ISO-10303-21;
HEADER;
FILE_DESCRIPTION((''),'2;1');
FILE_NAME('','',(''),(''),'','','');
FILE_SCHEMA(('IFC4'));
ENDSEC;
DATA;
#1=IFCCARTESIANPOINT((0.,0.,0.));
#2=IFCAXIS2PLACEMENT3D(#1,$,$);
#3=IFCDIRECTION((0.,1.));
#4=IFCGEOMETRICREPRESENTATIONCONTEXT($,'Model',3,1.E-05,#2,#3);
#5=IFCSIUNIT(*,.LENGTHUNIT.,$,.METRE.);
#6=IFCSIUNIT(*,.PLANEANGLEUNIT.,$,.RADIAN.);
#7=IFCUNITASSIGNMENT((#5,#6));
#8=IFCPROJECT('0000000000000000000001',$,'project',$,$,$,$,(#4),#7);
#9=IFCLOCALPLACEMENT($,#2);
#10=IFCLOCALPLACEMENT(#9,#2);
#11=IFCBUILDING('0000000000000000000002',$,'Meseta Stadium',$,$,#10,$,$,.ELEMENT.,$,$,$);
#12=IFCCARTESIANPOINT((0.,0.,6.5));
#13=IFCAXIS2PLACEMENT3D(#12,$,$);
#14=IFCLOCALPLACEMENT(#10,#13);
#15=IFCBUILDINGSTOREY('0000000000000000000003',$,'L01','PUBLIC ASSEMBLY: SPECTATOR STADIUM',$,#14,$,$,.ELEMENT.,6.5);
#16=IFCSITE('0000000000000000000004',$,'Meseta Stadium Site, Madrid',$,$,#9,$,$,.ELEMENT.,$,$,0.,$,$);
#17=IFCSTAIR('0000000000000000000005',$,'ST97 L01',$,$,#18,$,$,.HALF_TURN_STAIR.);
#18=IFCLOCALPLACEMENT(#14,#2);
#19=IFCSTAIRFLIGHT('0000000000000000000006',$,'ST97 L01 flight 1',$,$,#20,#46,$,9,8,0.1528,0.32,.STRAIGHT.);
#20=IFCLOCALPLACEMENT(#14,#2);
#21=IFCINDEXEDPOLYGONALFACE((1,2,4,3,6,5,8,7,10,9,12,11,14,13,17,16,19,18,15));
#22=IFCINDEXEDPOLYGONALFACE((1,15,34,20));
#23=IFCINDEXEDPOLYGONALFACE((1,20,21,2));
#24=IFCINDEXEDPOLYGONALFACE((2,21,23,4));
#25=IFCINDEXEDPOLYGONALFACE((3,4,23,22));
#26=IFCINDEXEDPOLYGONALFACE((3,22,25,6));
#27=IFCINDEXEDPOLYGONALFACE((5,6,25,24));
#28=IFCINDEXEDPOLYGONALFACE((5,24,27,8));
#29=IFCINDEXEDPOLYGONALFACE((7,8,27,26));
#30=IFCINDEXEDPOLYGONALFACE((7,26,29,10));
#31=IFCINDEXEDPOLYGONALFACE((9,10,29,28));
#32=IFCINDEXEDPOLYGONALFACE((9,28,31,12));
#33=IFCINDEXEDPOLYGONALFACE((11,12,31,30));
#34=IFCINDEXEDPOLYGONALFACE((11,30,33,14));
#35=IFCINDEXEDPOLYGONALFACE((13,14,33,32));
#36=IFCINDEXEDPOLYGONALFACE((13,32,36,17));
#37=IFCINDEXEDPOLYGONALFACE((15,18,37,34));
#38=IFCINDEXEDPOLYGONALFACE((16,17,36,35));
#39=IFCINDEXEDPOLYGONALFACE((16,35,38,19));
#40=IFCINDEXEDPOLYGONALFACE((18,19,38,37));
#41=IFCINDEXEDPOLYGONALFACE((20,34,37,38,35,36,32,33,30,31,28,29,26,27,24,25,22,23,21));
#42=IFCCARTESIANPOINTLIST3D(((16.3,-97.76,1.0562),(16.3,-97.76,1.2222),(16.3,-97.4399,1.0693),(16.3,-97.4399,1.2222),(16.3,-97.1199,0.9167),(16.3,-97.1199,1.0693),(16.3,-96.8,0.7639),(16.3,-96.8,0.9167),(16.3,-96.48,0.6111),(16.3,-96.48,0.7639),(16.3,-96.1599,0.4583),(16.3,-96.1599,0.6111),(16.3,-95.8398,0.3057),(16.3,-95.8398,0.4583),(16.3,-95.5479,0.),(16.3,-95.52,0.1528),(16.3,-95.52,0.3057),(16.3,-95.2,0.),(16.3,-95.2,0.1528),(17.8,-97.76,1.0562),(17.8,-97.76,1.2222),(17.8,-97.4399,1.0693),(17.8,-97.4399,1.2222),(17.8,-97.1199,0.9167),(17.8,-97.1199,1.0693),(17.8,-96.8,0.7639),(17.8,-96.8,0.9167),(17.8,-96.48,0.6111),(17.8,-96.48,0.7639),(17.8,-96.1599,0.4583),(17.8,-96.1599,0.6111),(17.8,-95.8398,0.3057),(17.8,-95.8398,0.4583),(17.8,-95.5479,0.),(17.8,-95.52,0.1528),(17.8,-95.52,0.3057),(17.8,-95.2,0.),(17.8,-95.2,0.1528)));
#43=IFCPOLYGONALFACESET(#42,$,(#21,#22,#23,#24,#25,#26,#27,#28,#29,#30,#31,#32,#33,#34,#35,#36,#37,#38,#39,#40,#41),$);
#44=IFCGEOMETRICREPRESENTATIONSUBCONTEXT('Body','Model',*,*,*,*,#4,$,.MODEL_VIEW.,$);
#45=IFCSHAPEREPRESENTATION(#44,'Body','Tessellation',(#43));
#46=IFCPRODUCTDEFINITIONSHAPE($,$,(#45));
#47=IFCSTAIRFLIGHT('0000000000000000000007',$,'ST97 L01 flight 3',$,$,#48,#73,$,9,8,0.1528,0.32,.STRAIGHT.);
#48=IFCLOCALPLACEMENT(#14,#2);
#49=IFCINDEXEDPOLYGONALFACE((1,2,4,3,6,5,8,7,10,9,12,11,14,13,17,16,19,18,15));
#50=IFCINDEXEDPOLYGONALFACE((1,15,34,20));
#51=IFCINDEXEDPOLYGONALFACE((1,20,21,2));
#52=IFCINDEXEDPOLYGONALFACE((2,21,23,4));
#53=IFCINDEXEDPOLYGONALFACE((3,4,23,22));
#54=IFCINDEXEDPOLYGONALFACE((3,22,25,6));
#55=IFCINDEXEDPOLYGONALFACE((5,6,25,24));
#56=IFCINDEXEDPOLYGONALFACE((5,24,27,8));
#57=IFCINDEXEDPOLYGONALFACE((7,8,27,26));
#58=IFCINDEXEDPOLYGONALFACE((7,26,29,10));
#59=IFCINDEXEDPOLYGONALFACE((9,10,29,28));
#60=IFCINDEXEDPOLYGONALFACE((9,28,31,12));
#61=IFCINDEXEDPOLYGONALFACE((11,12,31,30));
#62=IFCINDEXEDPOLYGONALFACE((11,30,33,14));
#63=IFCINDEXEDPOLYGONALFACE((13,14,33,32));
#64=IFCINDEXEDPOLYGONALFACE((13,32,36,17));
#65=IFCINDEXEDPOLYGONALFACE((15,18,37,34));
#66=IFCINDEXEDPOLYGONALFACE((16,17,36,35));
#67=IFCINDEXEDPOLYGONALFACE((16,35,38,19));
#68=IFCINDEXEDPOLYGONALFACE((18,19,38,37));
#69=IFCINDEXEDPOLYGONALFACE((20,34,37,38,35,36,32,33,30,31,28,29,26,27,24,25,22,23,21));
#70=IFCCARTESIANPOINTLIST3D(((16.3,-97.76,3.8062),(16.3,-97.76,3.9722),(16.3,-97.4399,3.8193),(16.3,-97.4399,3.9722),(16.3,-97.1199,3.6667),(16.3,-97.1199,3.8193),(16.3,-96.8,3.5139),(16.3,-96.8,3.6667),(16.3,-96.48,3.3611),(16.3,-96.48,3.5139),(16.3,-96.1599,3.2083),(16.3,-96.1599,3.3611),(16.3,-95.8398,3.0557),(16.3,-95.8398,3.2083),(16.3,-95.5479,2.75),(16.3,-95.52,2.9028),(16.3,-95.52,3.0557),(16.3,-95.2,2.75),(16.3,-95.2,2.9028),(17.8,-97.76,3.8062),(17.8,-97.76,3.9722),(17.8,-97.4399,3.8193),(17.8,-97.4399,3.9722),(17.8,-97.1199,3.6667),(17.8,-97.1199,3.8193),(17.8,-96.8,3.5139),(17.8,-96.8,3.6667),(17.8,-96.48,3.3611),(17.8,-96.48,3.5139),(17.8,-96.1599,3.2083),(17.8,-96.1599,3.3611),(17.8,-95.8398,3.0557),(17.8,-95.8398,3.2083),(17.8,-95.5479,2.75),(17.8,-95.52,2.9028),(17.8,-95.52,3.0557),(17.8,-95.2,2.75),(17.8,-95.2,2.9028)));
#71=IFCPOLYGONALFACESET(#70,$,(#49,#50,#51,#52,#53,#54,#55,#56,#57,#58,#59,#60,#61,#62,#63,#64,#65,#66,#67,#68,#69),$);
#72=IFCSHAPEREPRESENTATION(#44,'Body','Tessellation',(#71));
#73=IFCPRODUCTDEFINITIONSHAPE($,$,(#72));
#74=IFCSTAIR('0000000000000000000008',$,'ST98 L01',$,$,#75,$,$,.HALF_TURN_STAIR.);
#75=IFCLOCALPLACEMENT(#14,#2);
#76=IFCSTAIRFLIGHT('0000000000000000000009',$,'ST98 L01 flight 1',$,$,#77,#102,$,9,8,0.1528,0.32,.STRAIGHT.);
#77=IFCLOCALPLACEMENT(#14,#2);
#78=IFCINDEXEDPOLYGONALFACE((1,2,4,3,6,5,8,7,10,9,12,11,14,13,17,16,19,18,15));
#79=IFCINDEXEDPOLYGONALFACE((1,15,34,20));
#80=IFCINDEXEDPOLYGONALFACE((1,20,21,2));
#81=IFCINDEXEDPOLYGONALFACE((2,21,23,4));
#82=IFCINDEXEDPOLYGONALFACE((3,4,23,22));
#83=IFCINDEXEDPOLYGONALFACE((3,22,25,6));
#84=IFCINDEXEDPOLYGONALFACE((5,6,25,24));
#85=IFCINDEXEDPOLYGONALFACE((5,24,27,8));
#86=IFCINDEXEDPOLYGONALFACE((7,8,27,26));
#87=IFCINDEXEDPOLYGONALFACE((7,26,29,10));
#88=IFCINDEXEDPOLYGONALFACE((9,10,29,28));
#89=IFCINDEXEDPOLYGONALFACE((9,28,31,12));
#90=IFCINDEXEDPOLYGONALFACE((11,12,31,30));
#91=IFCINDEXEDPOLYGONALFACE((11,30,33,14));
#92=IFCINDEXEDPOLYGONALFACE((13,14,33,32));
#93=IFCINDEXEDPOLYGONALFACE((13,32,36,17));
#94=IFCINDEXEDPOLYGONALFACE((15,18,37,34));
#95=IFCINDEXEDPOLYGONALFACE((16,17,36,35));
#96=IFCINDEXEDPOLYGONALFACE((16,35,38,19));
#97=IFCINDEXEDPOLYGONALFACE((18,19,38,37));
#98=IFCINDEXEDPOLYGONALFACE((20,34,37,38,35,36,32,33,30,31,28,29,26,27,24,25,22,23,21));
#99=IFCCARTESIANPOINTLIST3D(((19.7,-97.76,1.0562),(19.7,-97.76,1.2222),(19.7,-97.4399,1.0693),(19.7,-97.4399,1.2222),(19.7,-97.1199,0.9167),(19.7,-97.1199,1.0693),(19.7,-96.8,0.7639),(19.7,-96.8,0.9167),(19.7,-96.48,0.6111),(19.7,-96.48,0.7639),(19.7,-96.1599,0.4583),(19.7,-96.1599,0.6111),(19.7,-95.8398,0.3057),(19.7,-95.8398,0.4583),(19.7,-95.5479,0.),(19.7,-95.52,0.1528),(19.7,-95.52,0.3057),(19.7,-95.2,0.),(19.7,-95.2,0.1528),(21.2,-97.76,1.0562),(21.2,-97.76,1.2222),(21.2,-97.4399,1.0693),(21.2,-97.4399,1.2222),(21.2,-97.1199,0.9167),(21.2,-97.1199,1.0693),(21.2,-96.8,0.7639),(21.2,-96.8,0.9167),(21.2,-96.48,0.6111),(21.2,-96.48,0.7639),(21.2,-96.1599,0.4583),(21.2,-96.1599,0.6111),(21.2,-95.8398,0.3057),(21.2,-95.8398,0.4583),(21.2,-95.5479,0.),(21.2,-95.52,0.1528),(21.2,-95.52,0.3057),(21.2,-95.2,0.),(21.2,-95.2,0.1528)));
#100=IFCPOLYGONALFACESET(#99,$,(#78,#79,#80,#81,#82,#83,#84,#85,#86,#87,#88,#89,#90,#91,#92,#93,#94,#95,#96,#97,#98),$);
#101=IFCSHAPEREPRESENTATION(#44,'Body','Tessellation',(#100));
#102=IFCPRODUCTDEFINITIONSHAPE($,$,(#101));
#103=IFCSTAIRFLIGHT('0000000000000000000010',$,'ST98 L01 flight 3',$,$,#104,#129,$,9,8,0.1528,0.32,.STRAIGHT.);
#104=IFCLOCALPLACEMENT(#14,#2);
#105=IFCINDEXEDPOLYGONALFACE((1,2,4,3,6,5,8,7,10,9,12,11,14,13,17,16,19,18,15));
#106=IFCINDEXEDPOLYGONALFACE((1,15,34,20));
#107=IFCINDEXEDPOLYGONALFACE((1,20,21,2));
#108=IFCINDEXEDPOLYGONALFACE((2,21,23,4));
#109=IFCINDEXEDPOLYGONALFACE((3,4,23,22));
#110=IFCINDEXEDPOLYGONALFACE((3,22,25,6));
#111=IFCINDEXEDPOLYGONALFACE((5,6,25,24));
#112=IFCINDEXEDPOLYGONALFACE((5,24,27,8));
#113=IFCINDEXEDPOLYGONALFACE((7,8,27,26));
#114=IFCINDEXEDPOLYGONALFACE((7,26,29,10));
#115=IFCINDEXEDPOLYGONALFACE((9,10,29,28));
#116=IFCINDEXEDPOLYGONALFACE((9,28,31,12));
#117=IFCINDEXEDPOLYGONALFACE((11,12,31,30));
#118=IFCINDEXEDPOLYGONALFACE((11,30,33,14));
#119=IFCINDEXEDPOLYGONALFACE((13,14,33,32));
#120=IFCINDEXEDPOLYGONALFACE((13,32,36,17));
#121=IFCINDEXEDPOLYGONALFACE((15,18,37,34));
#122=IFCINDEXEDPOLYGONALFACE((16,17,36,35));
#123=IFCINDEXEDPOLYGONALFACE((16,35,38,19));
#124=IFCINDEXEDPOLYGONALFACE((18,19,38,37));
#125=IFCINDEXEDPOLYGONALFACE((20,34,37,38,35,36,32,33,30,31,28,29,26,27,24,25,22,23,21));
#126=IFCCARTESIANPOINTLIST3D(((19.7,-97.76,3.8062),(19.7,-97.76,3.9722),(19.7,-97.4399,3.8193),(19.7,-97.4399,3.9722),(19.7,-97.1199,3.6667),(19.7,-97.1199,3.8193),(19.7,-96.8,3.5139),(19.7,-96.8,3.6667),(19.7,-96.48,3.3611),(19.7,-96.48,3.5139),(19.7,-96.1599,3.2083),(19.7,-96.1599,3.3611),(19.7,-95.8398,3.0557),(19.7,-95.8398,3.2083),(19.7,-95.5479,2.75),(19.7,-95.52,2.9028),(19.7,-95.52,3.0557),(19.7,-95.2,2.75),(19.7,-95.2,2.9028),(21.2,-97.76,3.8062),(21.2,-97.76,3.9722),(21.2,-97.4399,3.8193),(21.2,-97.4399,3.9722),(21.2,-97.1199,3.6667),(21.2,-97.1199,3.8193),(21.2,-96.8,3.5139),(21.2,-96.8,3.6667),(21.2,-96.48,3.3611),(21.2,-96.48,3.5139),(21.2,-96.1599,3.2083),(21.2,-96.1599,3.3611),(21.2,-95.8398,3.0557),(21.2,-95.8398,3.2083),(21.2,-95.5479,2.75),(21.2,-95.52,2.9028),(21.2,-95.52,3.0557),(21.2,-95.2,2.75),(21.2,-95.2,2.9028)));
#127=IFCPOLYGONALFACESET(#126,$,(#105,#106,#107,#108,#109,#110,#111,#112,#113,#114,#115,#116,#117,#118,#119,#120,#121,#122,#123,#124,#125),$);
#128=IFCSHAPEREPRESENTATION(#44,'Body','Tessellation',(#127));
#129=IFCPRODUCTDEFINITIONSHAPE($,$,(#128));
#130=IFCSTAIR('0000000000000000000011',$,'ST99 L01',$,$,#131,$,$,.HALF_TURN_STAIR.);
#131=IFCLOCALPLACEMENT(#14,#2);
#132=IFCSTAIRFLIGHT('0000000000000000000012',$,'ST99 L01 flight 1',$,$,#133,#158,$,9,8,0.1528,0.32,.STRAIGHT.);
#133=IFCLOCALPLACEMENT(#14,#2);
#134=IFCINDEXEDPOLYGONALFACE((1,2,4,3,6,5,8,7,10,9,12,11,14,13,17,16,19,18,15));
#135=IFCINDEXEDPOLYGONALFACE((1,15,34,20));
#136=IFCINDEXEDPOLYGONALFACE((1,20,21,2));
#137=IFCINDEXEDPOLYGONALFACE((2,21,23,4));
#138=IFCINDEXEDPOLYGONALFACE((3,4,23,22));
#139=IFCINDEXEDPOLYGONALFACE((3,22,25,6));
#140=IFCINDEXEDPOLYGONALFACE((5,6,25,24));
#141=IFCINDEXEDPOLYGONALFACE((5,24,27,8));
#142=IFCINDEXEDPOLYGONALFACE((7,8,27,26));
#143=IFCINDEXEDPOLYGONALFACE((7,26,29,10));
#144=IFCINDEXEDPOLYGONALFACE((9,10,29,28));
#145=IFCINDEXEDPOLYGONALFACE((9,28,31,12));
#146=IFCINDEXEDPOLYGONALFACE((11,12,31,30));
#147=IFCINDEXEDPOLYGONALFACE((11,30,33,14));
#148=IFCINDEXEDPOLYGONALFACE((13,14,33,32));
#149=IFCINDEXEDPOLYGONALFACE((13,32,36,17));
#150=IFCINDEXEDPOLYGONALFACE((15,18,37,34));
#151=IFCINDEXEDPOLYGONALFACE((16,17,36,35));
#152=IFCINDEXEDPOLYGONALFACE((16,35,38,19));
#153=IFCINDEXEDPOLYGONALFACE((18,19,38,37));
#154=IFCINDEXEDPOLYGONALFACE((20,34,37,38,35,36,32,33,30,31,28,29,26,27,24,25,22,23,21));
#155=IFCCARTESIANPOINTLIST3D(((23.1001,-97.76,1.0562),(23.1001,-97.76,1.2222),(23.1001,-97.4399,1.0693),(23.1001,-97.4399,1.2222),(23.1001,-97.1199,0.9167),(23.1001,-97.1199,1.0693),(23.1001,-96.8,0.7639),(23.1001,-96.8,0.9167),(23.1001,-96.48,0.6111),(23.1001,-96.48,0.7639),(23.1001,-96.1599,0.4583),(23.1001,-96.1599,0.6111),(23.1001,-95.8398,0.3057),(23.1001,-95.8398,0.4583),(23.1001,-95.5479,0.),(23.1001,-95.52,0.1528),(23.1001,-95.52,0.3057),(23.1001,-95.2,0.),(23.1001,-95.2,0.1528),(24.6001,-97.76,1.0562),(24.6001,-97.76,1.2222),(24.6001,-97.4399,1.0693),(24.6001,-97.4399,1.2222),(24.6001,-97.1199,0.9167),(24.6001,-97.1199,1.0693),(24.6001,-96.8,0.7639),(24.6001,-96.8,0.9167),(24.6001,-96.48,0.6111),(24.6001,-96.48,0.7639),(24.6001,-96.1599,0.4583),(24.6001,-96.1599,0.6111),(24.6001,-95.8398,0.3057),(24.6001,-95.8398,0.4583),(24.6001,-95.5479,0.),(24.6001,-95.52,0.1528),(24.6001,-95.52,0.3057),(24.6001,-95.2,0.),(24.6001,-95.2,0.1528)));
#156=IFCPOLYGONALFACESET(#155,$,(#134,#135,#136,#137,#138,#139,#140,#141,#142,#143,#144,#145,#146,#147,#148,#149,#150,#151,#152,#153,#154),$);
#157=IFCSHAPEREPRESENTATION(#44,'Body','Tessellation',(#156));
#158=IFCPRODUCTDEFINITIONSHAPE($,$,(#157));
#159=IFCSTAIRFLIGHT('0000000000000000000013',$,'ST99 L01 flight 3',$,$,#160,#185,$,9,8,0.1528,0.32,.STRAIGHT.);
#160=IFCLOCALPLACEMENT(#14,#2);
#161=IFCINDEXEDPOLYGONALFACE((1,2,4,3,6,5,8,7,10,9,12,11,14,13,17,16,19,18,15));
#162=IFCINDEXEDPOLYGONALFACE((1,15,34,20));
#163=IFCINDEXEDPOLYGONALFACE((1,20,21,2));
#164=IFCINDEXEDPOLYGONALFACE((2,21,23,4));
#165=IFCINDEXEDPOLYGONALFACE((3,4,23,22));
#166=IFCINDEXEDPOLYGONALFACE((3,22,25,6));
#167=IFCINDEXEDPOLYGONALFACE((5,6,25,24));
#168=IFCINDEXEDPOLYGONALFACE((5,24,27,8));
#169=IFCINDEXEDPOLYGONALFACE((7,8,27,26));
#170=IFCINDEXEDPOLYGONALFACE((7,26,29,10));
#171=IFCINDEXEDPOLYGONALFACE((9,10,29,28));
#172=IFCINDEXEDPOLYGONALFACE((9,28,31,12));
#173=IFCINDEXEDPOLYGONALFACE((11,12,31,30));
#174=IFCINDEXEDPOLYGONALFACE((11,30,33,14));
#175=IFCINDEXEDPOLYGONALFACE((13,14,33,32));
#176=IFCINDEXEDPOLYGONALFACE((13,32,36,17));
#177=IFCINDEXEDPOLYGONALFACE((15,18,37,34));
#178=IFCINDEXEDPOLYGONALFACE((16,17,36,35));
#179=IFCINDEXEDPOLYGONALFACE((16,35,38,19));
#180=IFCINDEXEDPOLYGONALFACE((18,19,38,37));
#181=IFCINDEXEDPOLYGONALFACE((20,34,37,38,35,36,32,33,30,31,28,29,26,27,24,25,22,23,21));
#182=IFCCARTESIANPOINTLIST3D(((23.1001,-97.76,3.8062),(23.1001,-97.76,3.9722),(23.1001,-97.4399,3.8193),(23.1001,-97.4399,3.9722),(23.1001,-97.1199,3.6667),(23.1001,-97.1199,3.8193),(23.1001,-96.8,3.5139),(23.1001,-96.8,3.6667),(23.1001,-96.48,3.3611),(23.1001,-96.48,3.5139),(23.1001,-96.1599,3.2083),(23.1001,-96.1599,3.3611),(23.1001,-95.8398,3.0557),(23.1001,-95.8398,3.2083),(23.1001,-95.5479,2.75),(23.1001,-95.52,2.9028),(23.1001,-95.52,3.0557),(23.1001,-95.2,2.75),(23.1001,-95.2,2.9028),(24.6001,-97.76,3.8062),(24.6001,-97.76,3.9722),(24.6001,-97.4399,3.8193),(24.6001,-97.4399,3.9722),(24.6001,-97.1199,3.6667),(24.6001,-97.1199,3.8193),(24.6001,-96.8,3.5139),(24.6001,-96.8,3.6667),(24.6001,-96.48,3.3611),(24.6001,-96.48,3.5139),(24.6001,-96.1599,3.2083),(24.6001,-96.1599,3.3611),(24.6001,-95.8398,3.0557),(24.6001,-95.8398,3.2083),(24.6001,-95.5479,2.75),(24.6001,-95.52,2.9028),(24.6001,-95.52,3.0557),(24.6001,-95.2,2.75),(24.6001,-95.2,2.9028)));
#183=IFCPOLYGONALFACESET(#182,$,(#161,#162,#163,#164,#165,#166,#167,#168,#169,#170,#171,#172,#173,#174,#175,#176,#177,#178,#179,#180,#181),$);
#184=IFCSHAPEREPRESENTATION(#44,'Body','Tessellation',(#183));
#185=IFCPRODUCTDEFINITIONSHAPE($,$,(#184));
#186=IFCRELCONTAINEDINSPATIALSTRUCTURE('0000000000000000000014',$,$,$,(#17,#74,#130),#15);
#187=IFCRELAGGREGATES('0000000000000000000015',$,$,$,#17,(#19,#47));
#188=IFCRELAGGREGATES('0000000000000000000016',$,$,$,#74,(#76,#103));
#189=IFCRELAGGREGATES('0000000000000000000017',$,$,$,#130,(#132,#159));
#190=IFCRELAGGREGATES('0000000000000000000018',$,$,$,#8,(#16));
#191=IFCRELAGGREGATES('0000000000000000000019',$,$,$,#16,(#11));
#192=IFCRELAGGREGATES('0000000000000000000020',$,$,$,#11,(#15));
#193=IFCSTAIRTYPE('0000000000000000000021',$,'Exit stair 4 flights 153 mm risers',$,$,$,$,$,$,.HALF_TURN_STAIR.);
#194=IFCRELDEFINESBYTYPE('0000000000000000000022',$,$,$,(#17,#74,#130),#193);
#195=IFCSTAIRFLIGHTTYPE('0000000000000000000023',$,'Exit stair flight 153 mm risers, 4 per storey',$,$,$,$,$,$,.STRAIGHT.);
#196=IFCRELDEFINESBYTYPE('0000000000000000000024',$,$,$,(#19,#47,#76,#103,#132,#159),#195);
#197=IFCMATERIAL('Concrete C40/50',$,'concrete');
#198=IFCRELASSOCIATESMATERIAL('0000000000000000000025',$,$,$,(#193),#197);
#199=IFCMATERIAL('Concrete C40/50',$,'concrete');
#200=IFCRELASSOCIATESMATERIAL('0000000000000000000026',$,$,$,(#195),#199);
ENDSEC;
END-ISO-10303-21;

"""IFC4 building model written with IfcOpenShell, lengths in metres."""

from ifc_helpers import new_model, si_unit, direction, frame, origin, place, context, subcontext, project, spatial, polyline, outline, extrude, material, type_object, element, aggregate, save


model = new_model("IFC4")

# Units and contexts
model_context = context("Model", 3, precision=1e-05, world=origin(), true_north=direction((0.0, 1.0)))
body_context = subcontext(model_context, "Body", "Model", "MODEL_VIEW")
ifc_project = project(units=[si_unit("LENGTHUNIT", "METRE"), si_unit("PLANEANGLEUNIT", "RADIAN")], contexts=[model_context])

# Site, building, storey
site_placement = place(None, origin())
site = spatial("IfcSite", under=ifc_project, at=site_placement, Name="Meseta Stadium Site, Madrid", CompositionType="ELEMENT", RefElevation=0.0)
building_placement = place(site_placement, origin())
building = spatial("IfcBuilding", under=site, at=building_placement, Name="Meseta Stadium", CompositionType="ELEMENT")
storey_placement = place(building_placement, frame((0.0, 0.0, 6.5)))
storey = spatial("IfcBuildingStorey", under=building, at=storey_placement, Name="L01", Description="PUBLIC ASSEMBLY: SPECTATOR STADIUM", CompositionType="ELEMENT", Elevation=6.5)

# Stairs, stair flights
ifc_material_1 = material(Name="Concrete C40/50", Category="concrete")
stair_type = type_object("IfcStairType", Name="Exit stair 4 flights 153 mm risers", PredefinedType="HALF_TURN_STAIR", material=ifc_material_1)
stair_1_placement = place(storey_placement, origin())
stair_1 = element("IfcStair", 1, at=stair_1_placement, inside=storey, type_object=stair_type, Name="ST97 L01", PredefinedType="HALF_TURN_STAIR")
ifc_material_2 = material(Name="Concrete C40/50", Category="concrete")
stair_flight_type = type_object("IfcStairFlightType", Name="Exit stair flight 153 mm risers, 4 per storey", PredefinedType="STRAIGHT", material=ifc_material_2)
stair_flight_1_placement = place(storey_placement, frame((17.05, -95.2, 0.0), z_axis=(0.0, 0.0, 1.0), x_axis=(0.0, -1.0, 0.0)))
stair_flight_1 = element("IfcStairFlight", 2, at=stair_flight_1_placement, type_object=stair_flight_type, Name="ST97 L01 flight 1", NumberOfRisers=9, NumberOfTreads=8, PredefinedType="STRAIGHT", RiserHeight=0.1528, TreadLength=0.32, context=body_context, shape_type="SweptSolid", body=[
    extrude(outline(polyline([(0.0, 0.0), (0.0, 0.1528), (0.3201, 0.1528), (0.3201, 0.3057), (0.6399, 0.3057), (0.6399, 0.4583), (0.96, 0.4583), (0.96, 0.6111), (1.28, 0.6111), (1.28, 0.7639), (1.6001, 0.7639), (1.6001, 0.9167), (1.9199, 0.9167), (1.9199, 1.0693), (2.24, 1.0693), (2.24, 1.2222), (2.5601, 1.2222), (2.5601, 1.0562), (0.3479, 0.0), (0.0, 0.0)])), frame((0.0, 0.75, 0.0), z_axis=(0.0, -1.0, 0.0), x_axis=(1.0, 0.0, 0.0)), (0.0, 0.0, 1.0), 1.5),
])
stair_flight_2_placement = place(storey_placement, frame((17.05, -95.2, 2.75), z_axis=(0.0, 0.0, 1.0), x_axis=(0.0, -1.0, 0.0)))
stair_flight_2 = element("IfcStairFlight", 3, at=stair_flight_2_placement, type_object=stair_flight_type, Name="ST97 L01 flight 3", NumberOfRisers=9, NumberOfTreads=8, PredefinedType="STRAIGHT", RiserHeight=0.1528, TreadLength=0.32, context=body_context, shape_type="SweptSolid", body=[
    extrude(outline(polyline([(0.0, 0.0), (0.0, 0.1528), (0.3201, 0.1528), (0.3201, 0.3057), (0.6399, 0.3057), (0.6399, 0.4583), (0.96, 0.4583), (0.96, 0.6111), (1.28, 0.6111), (1.28, 0.7639), (1.6001, 0.7639), (1.6001, 0.9167), (1.9199, 0.9167), (1.9199, 1.0693), (2.24, 1.0693), (2.24, 1.2222), (2.5601, 1.2222), (2.5601, 1.0562), (0.3479, 0.0), (0.0, 0.0)])), frame((0.0, 0.75, 0.0), z_axis=(0.0, -1.0, 0.0), x_axis=(1.0, 0.0, 0.0)), (0.0, 0.0, 1.0), 1.5),
])
aggregate(stair_1, [stair_flight_1, stair_flight_2])
stair_2_placement = place(storey_placement, origin())
stair_2 = element("IfcStair", 4, at=stair_2_placement, inside=storey, type_object=stair_type, Name="ST98 L01", PredefinedType="HALF_TURN_STAIR")
stair_flight_3_placement = place(storey_placement, frame((20.45, -95.2, 0.0), z_axis=(0.0, 0.0, 1.0), x_axis=(0.0, -1.0, 0.0)))
stair_flight_3 = element("IfcStairFlight", 5, at=stair_flight_3_placement, type_object=stair_flight_type, Name="ST98 L01 flight 1", NumberOfRisers=9, NumberOfTreads=8, PredefinedType="STRAIGHT", RiserHeight=0.1528, TreadLength=0.32, context=body_context, shape_type="SweptSolid", body=[
    extrude(outline(polyline([(0.0, 0.0), (0.0, 0.1528), (0.3201, 0.1528), (0.3201, 0.3057), (0.6399, 0.3057), (0.6399, 0.4583), (0.96, 0.4583), (0.96, 0.6111), (1.28, 0.6111), (1.28, 0.7639), (1.6001, 0.7639), (1.6001, 0.9167), (1.9199, 0.9167), (1.9199, 1.0693), (2.24, 1.0693), (2.24, 1.2222), (2.5601, 1.2222), (2.5601, 1.0562), (0.3479, 0.0), (0.0, 0.0)])), frame((0.0, 0.75, 0.0), z_axis=(0.0, -1.0, 0.0), x_axis=(1.0, 0.0, 0.0)), (0.0, 0.0, 1.0), 1.5),
])
stair_flight_4_placement = place(storey_placement, frame((20.45, -95.2, 2.75), z_axis=(0.0, 0.0, 1.0), x_axis=(0.0, -1.0, 0.0)))
stair_flight_4 = element("IfcStairFlight", 6, at=stair_flight_4_placement, type_object=stair_flight_type, Name="ST98 L01 flight 3", NumberOfRisers=9, NumberOfTreads=8, PredefinedType="STRAIGHT", RiserHeight=0.1528, TreadLength=0.32, context=body_context, shape_type="SweptSolid", body=[
    extrude(outline(polyline([(0.0, 0.0), (0.0, 0.1528), (0.3201, 0.1528), (0.3201, 0.3057), (0.6399, 0.3057), (0.6399, 0.4583), (0.96, 0.4583), (0.96, 0.6111), (1.28, 0.6111), (1.28, 0.7639), (1.6001, 0.7639), (1.6001, 0.9167), (1.9199, 0.9167), (1.9199, 1.0693), (2.24, 1.0693), (2.24, 1.2222), (2.5601, 1.2222), (2.5601, 1.0562), (0.3479, 0.0), (0.0, 0.0)])), frame((0.0, 0.75, 0.0), z_axis=(0.0, -1.0, 0.0), x_axis=(1.0, 0.0, 0.0)), (0.0, 0.0, 1.0), 1.5),
])
aggregate(stair_2, [stair_flight_3, stair_flight_4])
stair_3_placement = place(storey_placement, origin())
stair_3 = element("IfcStair", 7, at=stair_3_placement, inside=storey, type_object=stair_type, Name="ST99 L01", PredefinedType="HALF_TURN_STAIR")
stair_flight_5_placement = place(storey_placement, frame((23.8501, -95.2, 0.0), z_axis=(0.0, 0.0, 1.0), x_axis=(0.0, -1.0, 0.0)))
stair_flight_5 = element("IfcStairFlight", 8, at=stair_flight_5_placement, type_object=stair_flight_type, Name="ST99 L01 flight 1", NumberOfRisers=9, NumberOfTreads=8, PredefinedType="STRAIGHT", RiserHeight=0.1528, TreadLength=0.32, context=body_context, shape_type="SweptSolid", body=[
    extrude(outline(polyline([(0.0, 0.0), (0.0, 0.1528), (0.3201, 0.1528), (0.3201, 0.3057), (0.6399, 0.3057), (0.6399, 0.4583), (0.96, 0.4583), (0.96, 0.6111), (1.28, 0.6111), (1.28, 0.7639), (1.6001, 0.7639), (1.6001, 0.9167), (1.9199, 0.9167), (1.9199, 1.0693), (2.24, 1.0693), (2.24, 1.2222), (2.5601, 1.2222), (2.5601, 1.0562), (0.3479, 0.0), (0.0, 0.0)])), frame((0.0, 0.75, 0.0), z_axis=(0.0, -1.0, 0.0), x_axis=(1.0, 0.0, 0.0)), (0.0, 0.0, 1.0), 1.5),
])
stair_flight_6_placement = place(storey_placement, frame((23.8501, -95.2, 2.75), z_axis=(0.0, 0.0, 1.0), x_axis=(0.0, -1.0, 0.0)))
stair_flight_6 = element("IfcStairFlight", 9, at=stair_flight_6_placement, type_object=stair_flight_type, Name="ST99 L01 flight 3", NumberOfRisers=9, NumberOfTreads=8, PredefinedType="STRAIGHT", RiserHeight=0.1528, TreadLength=0.32, context=body_context, shape_type="SweptSolid", body=[
    extrude(outline(polyline([(0.0, 0.0), (0.0, 0.1528), (0.3201, 0.1528), (0.3201, 0.3057), (0.6399, 0.3057), (0.6399, 0.4583), (0.96, 0.4583), (0.96, 0.6111), (1.28, 0.6111), (1.28, 0.7639), (1.6001, 0.7639), (1.6001, 0.9167), (1.9199, 0.9167), (1.9199, 1.0693), (2.24, 1.0693), (2.24, 1.2222), (2.5601, 1.2222), (2.5601, 1.0562), (0.3479, 0.0), (0.0, 0.0)])), frame((0.0, 0.75, 0.0), z_axis=(0.0, -1.0, 0.0), x_axis=(1.0, 0.0, 0.0)), (0.0, 0.0, 1.0), 1.5),
])
aggregate(stair_3, [stair_flight_5, stair_flight_6])

save(model, "model.ifc")
